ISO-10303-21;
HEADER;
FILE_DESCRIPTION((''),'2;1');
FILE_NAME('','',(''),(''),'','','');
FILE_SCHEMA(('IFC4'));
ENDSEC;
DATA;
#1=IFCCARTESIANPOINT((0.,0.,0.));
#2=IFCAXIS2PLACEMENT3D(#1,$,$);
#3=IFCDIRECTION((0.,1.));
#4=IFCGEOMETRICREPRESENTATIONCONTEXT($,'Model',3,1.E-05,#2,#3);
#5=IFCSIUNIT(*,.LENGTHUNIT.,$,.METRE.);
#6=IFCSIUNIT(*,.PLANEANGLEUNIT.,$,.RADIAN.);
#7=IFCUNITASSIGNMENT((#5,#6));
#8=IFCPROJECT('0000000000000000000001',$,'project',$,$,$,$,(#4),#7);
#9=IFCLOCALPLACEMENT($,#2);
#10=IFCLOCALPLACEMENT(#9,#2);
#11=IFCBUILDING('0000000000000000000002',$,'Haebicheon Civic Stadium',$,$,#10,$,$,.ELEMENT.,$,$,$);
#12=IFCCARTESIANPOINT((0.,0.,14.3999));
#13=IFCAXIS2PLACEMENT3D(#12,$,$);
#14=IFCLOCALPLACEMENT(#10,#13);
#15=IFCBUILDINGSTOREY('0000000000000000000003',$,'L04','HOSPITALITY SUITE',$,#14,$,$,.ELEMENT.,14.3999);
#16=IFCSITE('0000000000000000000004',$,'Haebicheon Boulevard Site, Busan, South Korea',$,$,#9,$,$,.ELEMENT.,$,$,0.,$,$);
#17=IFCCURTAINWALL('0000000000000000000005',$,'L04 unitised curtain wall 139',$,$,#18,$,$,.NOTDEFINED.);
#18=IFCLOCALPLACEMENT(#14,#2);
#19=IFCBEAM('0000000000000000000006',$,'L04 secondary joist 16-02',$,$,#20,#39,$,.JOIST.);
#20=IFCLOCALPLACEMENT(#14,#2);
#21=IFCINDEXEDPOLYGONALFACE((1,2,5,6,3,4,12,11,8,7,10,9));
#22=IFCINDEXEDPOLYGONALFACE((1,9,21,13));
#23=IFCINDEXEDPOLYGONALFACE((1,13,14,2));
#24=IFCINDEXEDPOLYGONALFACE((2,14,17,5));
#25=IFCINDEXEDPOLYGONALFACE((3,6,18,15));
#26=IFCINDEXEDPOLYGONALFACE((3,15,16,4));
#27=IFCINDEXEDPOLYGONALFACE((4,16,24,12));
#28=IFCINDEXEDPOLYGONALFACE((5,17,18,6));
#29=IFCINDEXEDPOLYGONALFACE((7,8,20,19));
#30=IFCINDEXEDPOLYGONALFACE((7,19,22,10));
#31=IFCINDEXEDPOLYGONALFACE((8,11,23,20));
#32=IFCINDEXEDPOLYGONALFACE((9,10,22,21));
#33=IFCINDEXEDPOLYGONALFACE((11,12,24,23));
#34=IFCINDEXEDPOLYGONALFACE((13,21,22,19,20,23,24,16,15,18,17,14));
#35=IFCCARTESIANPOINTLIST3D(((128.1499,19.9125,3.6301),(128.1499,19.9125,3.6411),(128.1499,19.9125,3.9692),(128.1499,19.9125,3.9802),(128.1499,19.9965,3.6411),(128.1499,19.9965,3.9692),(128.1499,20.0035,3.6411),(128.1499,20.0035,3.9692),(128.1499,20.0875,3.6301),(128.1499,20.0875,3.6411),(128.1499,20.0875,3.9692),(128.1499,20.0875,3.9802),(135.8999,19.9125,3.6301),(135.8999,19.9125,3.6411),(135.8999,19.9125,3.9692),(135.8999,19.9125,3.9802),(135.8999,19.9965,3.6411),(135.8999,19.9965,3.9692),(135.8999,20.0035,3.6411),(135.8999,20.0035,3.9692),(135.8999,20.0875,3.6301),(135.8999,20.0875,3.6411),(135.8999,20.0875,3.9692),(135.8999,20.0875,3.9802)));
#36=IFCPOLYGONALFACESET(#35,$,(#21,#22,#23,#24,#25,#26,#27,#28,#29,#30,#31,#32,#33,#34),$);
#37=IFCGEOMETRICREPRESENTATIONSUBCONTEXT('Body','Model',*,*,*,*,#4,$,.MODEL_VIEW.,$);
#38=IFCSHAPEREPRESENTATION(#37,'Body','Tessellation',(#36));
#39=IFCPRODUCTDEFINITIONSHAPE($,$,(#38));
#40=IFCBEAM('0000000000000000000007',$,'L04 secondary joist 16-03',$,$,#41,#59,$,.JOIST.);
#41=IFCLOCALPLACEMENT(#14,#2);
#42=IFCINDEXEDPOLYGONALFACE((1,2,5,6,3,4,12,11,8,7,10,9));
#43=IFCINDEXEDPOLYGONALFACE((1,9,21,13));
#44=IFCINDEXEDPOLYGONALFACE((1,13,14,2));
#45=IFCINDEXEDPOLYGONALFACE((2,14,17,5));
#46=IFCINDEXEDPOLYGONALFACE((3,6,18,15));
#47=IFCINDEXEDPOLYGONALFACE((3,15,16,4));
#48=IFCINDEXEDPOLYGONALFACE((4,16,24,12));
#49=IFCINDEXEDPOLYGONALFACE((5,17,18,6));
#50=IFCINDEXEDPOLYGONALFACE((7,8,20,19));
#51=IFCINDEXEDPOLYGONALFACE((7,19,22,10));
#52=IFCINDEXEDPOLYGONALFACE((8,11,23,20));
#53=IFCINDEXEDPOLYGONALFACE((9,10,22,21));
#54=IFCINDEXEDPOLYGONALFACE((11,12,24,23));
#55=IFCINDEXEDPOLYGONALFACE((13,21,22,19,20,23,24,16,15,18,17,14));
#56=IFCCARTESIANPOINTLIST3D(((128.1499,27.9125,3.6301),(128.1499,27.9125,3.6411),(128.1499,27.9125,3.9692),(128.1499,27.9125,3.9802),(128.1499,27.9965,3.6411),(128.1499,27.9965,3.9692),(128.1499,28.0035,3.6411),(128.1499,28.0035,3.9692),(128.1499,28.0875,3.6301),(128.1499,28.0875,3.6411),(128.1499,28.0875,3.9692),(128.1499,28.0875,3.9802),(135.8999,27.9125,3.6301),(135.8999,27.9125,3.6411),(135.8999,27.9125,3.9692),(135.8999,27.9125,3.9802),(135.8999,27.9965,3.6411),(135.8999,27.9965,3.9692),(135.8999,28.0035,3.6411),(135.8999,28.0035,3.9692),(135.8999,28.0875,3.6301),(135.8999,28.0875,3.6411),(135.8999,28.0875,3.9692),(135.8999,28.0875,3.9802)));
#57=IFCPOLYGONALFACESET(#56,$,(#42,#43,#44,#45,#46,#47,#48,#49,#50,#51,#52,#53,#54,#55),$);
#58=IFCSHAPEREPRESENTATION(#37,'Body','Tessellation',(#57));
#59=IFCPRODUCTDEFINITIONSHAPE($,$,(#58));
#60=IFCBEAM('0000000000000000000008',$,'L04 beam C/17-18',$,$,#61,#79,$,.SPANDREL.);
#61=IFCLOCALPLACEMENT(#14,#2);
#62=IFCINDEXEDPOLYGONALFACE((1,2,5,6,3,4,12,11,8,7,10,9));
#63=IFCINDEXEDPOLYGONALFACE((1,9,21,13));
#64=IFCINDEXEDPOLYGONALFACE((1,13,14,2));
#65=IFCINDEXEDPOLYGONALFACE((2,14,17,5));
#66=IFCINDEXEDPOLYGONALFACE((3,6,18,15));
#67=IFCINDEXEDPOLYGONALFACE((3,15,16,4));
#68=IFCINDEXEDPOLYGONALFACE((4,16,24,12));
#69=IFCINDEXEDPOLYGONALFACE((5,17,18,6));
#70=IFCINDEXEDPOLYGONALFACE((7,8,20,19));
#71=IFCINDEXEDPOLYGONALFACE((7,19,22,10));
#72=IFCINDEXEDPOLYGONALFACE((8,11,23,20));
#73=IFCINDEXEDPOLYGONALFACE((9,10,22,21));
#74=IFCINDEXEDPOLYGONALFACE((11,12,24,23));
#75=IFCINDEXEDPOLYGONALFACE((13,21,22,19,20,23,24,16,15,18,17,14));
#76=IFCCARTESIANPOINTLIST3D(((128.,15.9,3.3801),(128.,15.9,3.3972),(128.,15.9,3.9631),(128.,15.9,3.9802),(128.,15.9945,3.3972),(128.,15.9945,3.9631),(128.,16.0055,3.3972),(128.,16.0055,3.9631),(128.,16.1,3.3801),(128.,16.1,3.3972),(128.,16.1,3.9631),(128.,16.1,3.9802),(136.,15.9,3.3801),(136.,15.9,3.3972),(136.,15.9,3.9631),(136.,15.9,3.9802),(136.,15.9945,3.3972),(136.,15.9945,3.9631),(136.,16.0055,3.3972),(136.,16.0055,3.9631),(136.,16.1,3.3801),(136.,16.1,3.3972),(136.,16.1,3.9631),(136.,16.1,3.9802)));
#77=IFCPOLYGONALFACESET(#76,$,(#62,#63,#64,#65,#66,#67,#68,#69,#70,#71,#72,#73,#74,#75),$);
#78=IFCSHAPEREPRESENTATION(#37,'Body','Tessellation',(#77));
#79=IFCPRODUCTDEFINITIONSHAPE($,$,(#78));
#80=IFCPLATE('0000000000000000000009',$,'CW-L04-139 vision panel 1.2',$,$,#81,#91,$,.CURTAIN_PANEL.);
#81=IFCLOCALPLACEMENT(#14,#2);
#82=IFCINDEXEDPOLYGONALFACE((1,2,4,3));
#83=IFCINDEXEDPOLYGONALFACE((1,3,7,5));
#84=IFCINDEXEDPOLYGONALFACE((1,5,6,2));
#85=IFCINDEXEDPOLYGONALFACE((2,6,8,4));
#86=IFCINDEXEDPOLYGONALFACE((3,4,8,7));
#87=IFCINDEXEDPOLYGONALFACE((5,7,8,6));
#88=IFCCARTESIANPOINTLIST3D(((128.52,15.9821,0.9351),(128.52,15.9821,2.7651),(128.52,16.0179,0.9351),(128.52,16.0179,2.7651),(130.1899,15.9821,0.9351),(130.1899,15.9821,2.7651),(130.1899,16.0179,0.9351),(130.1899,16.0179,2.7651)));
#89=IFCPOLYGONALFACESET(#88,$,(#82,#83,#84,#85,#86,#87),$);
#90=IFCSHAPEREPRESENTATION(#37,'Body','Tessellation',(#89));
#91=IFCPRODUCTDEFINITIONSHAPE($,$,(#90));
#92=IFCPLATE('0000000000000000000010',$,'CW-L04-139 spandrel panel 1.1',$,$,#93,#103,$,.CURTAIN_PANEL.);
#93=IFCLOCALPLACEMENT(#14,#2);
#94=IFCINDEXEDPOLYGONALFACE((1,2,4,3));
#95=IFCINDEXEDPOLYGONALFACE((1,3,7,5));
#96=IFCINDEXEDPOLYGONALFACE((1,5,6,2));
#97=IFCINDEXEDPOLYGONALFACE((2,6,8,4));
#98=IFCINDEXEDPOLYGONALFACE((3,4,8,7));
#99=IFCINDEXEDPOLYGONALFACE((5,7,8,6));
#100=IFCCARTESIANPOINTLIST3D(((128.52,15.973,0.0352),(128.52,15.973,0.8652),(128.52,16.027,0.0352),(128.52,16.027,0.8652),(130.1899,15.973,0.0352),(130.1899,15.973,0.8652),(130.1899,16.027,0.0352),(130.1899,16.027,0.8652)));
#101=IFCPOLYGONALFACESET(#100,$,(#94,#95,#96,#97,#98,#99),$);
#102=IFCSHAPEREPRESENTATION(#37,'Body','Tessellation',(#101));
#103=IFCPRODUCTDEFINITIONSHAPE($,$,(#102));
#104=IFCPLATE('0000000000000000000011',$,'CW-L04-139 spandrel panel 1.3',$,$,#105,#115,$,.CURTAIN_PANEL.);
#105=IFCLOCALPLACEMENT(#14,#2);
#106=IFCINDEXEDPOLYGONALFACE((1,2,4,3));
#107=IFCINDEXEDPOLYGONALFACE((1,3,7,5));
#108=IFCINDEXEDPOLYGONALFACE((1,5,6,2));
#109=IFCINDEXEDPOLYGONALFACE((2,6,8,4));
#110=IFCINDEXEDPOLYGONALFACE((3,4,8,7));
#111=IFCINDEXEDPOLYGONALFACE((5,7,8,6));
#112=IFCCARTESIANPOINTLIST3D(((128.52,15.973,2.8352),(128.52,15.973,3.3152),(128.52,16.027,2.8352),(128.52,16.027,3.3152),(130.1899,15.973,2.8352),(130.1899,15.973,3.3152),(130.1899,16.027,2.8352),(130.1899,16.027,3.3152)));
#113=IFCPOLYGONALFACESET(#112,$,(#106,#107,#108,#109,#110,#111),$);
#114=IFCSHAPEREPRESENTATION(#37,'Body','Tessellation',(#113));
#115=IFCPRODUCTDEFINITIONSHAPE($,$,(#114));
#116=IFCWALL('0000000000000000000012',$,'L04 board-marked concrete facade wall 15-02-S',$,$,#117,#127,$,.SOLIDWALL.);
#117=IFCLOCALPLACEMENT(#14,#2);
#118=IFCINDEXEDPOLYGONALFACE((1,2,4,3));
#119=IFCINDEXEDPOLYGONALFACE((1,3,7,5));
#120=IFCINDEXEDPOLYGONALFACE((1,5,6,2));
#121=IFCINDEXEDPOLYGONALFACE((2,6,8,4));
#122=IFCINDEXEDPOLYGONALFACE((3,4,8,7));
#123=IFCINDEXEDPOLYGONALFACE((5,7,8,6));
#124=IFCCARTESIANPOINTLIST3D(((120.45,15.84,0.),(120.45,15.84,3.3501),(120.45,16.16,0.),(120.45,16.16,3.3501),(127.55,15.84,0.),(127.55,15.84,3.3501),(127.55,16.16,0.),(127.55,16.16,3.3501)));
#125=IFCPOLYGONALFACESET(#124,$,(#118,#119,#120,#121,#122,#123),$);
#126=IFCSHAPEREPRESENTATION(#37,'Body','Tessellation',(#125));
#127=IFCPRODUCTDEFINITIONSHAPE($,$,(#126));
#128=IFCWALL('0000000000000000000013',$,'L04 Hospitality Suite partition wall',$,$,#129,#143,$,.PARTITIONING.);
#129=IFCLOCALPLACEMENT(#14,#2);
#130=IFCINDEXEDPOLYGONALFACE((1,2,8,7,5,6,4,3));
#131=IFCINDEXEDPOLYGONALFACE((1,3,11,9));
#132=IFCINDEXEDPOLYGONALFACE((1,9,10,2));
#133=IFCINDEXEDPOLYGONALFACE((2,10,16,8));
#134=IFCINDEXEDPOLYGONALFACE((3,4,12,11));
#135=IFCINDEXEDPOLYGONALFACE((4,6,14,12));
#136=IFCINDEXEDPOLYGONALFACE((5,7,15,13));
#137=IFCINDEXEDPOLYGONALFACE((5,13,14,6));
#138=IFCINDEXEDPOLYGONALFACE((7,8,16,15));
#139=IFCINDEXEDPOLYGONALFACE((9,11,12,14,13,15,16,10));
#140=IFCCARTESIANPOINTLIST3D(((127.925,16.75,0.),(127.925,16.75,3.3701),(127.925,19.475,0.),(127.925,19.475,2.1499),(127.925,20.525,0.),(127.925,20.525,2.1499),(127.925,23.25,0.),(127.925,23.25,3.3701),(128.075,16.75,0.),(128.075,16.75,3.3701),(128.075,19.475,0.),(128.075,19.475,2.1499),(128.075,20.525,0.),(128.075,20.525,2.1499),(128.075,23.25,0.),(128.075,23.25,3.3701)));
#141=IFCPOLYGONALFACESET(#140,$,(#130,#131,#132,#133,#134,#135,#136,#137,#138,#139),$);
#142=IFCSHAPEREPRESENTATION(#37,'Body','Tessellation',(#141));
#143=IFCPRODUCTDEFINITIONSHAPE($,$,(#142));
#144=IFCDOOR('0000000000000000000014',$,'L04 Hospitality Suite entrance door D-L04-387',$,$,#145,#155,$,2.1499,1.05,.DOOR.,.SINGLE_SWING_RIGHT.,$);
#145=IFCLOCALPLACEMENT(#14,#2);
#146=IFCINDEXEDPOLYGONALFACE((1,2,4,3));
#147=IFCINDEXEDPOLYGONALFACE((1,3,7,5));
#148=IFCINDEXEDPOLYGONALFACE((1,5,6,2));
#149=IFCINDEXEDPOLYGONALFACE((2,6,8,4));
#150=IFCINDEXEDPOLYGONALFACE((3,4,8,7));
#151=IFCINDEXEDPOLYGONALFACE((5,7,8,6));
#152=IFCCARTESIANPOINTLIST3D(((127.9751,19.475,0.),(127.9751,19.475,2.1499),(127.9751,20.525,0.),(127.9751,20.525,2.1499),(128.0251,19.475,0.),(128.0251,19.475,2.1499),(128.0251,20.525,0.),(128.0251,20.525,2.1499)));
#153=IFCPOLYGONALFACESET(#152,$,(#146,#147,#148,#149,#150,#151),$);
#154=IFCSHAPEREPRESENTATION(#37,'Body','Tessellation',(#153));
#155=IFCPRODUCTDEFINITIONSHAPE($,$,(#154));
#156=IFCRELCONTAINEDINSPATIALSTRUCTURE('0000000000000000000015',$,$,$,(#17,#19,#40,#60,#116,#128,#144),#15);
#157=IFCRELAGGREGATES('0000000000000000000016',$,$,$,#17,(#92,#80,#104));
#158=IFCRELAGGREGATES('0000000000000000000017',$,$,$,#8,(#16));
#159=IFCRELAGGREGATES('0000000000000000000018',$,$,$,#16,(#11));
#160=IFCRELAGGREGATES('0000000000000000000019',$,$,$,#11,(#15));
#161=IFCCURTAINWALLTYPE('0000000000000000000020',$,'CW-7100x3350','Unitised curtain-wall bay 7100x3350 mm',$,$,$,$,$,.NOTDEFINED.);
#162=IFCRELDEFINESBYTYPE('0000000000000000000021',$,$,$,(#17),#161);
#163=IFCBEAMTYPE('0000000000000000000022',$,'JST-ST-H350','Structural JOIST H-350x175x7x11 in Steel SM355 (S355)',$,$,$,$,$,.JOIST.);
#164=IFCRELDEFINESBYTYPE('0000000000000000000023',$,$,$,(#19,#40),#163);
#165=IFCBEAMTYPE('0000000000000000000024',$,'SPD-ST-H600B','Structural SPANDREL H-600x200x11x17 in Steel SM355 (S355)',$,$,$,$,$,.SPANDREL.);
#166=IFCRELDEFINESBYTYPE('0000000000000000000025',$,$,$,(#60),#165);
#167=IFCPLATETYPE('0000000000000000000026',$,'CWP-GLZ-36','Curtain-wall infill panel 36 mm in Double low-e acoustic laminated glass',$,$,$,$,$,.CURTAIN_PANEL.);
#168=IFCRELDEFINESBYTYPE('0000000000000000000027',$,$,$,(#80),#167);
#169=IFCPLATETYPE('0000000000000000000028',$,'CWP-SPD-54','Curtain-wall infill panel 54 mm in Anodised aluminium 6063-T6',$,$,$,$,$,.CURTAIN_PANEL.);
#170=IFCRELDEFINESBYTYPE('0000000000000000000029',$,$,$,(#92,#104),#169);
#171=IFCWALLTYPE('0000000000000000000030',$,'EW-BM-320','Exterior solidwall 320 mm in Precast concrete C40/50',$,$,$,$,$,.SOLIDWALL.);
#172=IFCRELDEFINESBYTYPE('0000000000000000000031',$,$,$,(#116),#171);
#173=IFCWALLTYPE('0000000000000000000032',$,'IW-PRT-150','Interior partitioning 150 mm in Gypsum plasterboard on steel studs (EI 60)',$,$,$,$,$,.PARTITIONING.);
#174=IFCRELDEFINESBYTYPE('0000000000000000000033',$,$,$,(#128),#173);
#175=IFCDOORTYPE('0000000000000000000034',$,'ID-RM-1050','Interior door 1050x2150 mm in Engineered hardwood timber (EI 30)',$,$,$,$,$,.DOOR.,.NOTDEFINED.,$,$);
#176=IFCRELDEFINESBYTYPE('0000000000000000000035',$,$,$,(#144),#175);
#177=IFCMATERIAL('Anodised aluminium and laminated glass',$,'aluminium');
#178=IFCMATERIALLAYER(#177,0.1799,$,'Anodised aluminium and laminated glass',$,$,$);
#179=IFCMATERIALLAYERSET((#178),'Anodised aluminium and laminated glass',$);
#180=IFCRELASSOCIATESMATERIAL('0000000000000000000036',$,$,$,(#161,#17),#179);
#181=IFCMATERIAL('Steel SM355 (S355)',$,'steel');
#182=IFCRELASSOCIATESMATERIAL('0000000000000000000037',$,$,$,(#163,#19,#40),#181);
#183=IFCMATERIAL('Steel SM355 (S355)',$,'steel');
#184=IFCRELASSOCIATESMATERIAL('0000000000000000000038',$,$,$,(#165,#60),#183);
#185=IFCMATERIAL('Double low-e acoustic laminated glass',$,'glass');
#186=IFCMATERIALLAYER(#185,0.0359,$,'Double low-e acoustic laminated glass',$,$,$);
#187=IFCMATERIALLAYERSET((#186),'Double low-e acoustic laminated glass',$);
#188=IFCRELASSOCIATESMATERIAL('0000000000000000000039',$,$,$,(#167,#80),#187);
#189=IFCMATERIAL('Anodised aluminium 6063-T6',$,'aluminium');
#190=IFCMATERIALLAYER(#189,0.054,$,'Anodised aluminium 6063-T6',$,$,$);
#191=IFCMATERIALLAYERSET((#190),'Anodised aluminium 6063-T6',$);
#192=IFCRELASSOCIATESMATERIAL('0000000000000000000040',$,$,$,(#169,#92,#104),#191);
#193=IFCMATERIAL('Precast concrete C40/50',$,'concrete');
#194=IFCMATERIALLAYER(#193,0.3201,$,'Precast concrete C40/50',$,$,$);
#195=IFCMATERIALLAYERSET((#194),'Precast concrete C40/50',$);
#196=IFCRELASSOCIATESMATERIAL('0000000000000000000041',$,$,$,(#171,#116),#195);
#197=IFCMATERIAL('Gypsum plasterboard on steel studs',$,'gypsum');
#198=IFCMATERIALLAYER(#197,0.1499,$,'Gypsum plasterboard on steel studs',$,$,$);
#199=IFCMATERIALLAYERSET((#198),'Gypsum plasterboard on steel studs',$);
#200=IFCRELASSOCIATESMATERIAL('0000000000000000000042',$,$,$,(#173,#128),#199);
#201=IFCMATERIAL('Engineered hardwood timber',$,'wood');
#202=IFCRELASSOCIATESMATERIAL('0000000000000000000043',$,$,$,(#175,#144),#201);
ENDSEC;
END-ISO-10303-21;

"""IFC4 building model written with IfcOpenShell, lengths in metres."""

from ifc_helpers import new_model, si_unit, direction, frame, frame_2d, origin, origin_2d, place, context, subcontext, project, spatial, rectangle, i_section, extrude, material, layer, layer_set, material_profile, profile_set, type_object, element, fill, aggregate, save


model = new_model("IFC4")

# Units and contexts
model_context = context("Model", 3, precision=1e-05, world=origin(), true_north=direction((0.0, 1.0)))
body_context = subcontext(model_context, "Body", "Model", "MODEL_VIEW")
ifc_project = project(units=[si_unit("LENGTHUNIT", "METRE"), si_unit("PLANEANGLEUNIT", "RADIAN")], contexts=[model_context])

# Site, building, storey
site_placement = place(None, origin())
site = spatial("IfcSite", under=ifc_project, at=site_placement, Name="Haebicheon Boulevard Site, Busan, South Korea", CompositionType="ELEMENT", RefElevation=0.0)
building_placement = place(site_placement, origin())
building = spatial("IfcBuilding", under=site, at=building_placement, Name="Haebicheon Civic Stadium", CompositionType="ELEMENT")
storey_placement = place(building_placement, frame((0.0, 0.0, 14.3999)))
storey = spatial("IfcBuildingStorey", under=building, at=storey_placement, Name="L04", Description="HOSPITALITY SUITE", CompositionType="ELEMENT", Elevation=14.3999)

# Curtain wall
ifc_material_1 = material(Name="Anodised aluminium and laminated glass", Category="aluminium")
ifc_layer_1 = layer(ifc_material_1, 0.1799, Name="Anodised aluminium and laminated glass")
ifc_layer_set_1 = layer_set([ifc_layer_1], Name="Anodised aluminium and laminated glass")
curtain_wall_type = type_object("IfcCurtainWallType", Name="CW-7100x3350", Description="Unitised curtain-wall bay 7100x3350 mm", PredefinedType="NOTDEFINED", material=ifc_layer_set_1)
curtain_wall_placement = place(storey_placement, origin())
curtain_wall = element("IfcCurtainWall", 1, at=curtain_wall_placement, inside=storey, type_object=curtain_wall_type, material=ifc_layer_set_1, Name="L04 unitised curtain wall 139", PredefinedType="NOTDEFINED")

# Beams
ifc_material_2 = material(Name="Steel SM355 (S355)", Category="steel")
ifc_material_profile_1 = material_profile(ifc_material_2, i_section(OverallWidth=0.175, OverallDepth=0.3501, WebThickness=0.0071, FlangeThickness=0.011, at=origin_2d()), Name="H-350x175x7x11")
ifc_profile_set_1 = profile_set([ifc_material_profile_1], Name="Steel SM355 (S355)")
beam_type_1 = type_object("IfcBeamType", Name="JST-ST-H350", Description="Structural JOIST H-350x175x7x11 in Steel SM355 (S355)", PredefinedType="JOIST", material=ifc_profile_set_1)
for number, where, z_axis, x_axis, name in (
    (2, (128.1499, 20.0, 3.8052), (1.0, 0.0, 0.0), (0.0, 1.0, 0.0), "L04 secondary joist 16-02"),
    (3, (128.1499, 28.0, 3.8052), (1.0, 0.0, 0.0), (0.0, 1.0, 0.0), "L04 secondary joist 16-03"),
):
    element("IfcBeam", number, at=place(storey_placement, frame(where, z_axis=z_axis, x_axis=x_axis)), inside=storey, type_object=beam_type_1, material=ifc_profile_set_1, Name=name, PredefinedType="JOIST", context=body_context, shape_type="SweptSolid", body=[
        extrude(i_section(OverallWidth=0.175, OverallDepth=0.3501, WebThickness=0.0071, FlangeThickness=0.011, at=origin_2d()), origin(), (0.0, 0.0, 1.0), 7.75),
    ])
ifc_material_3 = material(Name="Steel SM355 (S355)", Category="steel")
ifc_material_profile_2 = material_profile(ifc_material_3, i_section(OverallWidth=0.2, OverallDepth=0.6001, WebThickness=0.011, FlangeThickness=0.0171, at=origin_2d()), Name="H-600x200x11x17")
ifc_profile_set_2 = profile_set([ifc_material_profile_2], Name="Steel SM355 (S355)")
beam_type_2 = type_object("IfcBeamType", Name="SPD-ST-H600B", Description="Structural SPANDREL H-600x200x11x17 in Steel SM355 (S355)", PredefinedType="SPANDREL", material=ifc_profile_set_2)
beam_1_placement = place(storey_placement, frame((128.0, 16.0, 3.6802), z_axis=(1.0, 0.0, 0.0), x_axis=(0.0, 1.0, 0.0)))
element("IfcBeam", 4, at=beam_1_placement, inside=storey, type_object=beam_type_2, material=ifc_profile_set_2, Name="L04 beam C/17-18", PredefinedType="SPANDREL", context=body_context, shape_type="SweptSolid", body=[
    extrude(i_section(OverallWidth=0.2, OverallDepth=0.6001, WebThickness=0.011, FlangeThickness=0.0171, at=origin_2d()), origin(), (0.0, 0.0, 1.0), 8.0),
])

# Plates
ifc_material_4 = material(Name="Double low-e acoustic laminated glass", Category="glass")
ifc_layer_2 = layer(ifc_material_4, 0.0359, Name="Double low-e acoustic laminated glass")
ifc_layer_set_2 = layer_set([ifc_layer_2], Name="Double low-e acoustic laminated glass")
plate_type_1 = type_object("IfcPlateType", Name="CWP-GLZ-36", Description="Curtain-wall infill panel 36 mm in Double low-e acoustic laminated glass", PredefinedType="CURTAIN_PANEL", material=ifc_layer_set_2)
plate_1_placement = place(storey_placement, frame((129.355, 16.0, 0.9351), z_axis=(0.0, 0.0, 1.0), x_axis=(1.0, 0.0, 0.0)))
plate_1 = element("IfcPlate", 5, at=plate_1_placement, type_object=plate_type_1, material=ifc_layer_set_2, Name="CW-L04-139 vision panel 1.2", PredefinedType="CURTAIN_PANEL", context=body_context, shape_type="SweptSolid", body=[
    extrude(rectangle(XDim=1.6699, YDim=0.0359, at=origin_2d()), origin(), (0.0, 0.0, 1.0), 1.8301),
])
ifc_material_5 = material(Name="Anodised aluminium 6063-T6", Category="aluminium")
ifc_layer_3 = layer(ifc_material_5, 0.054, Name="Anodised aluminium 6063-T6")
ifc_layer_set_3 = layer_set([ifc_layer_3], Name="Anodised aluminium 6063-T6")
plate_type_2 = type_object("IfcPlateType", Name="CWP-SPD-54", Description="Curtain-wall infill panel 54 mm in Anodised aluminium 6063-T6", PredefinedType="CURTAIN_PANEL", material=ifc_layer_set_3)
plate_2_placement = place(storey_placement, frame((129.355, 16.0, 0.0352), z_axis=(0.0, 0.0, 1.0), x_axis=(1.0, 0.0, 0.0)))
plate_2 = element("IfcPlate", 6, at=plate_2_placement, type_object=plate_type_2, material=ifc_layer_set_3, Name="CW-L04-139 spandrel panel 1.1", PredefinedType="CURTAIN_PANEL", context=body_context, shape_type="SweptSolid", body=[
    extrude(rectangle(XDim=1.6699, YDim=0.054, at=origin_2d()), origin(), (0.0, 0.0, 1.0), 0.8301),
])
plate_3_placement = place(storey_placement, frame((129.355, 16.0, 2.8352), z_axis=(0.0, 0.0, 1.0), x_axis=(1.0, 0.0, 0.0)))
plate_3 = element("IfcPlate", 7, at=plate_3_placement, type_object=plate_type_2, material=ifc_layer_set_3, Name="CW-L04-139 spandrel panel 1.3", PredefinedType="CURTAIN_PANEL", context=body_context, shape_type="SweptSolid", body=[
    extrude(rectangle(XDim=1.6699, YDim=0.054, at=origin_2d()), origin(), (0.0, 0.0, 1.0), 0.48),
])
aggregate(curtain_wall, [plate_2, plate_1, plate_3])

# Wall
ifc_material_6 = material(Name="Precast concrete C40/50", Category="concrete")
ifc_layer_4 = layer(ifc_material_6, 0.3201, Name="Precast concrete C40/50")
ifc_layer_set_4 = layer_set([ifc_layer_4], Name="Precast concrete C40/50")
wall_type_1 = type_object("IfcWallType", Name="EW-BM-320", Description="Exterior solidwall 320 mm in Precast concrete C40/50", PredefinedType="SOLIDWALL", material=ifc_layer_set_4)
wall_1_placement = place(storey_placement, frame((120.45, 16.0, 0.0), z_axis=(0.0, 0.0, 1.0), x_axis=(1.0, 0.0, 0.0)))
element("IfcWall", 8, at=wall_1_placement, inside=storey, type_object=wall_type_1, material=ifc_layer_set_4, Name="L04 board-marked concrete facade wall 15-02-S", PredefinedType="SOLIDWALL", context=body_context, shape_type="SweptSolid", body=[
    extrude(rectangle(XDim=7.1001, YDim=0.3201, at=frame_2d((3.55, 0.0))), origin(), (0.0, 0.0, 1.0), 3.3501),
])

# Wall, opening, door
ifc_material_7 = material(Name="Gypsum plasterboard on steel studs", Category="gypsum")
ifc_layer_5 = layer(ifc_material_7, 0.1499, Name="Gypsum plasterboard on steel studs")
ifc_layer_set_5 = layer_set([ifc_layer_5], Name="Gypsum plasterboard on steel studs")
wall_type_2 = type_object("IfcWallType", Name="IW-PRT-150", Description="Interior partitioning 150 mm in Gypsum plasterboard on steel studs (EI 60)", PredefinedType="PARTITIONING", material=ifc_layer_set_5)
wall_2_placement = place(storey_placement, frame((128.0, 16.75, 0.0), z_axis=(0.0, 0.0, 1.0), x_axis=(0.0, 1.0, 0.0)))
wall_2 = element("IfcWall", 9, at=wall_2_placement, inside=storey, type_object=wall_type_2, material=ifc_layer_set_5, Name="L04 Hospitality Suite partition wall", PredefinedType="PARTITIONING", context=body_context, shape_type="SweptSolid", body=[
    extrude(rectangle(XDim=6.5, YDim=0.1499, at=frame_2d((3.25, 0.0))), origin(), (0.0, 0.0, 1.0), 3.3701),
])
opening_placement = place(wall_2_placement, frame((2.7251, 0.0, 0.0)))
opening = element("IfcOpeningElement", 10, at=opening_placement, cuts=wall_2, PredefinedType="OPENING", context=body_context, shape_type="SweptSolid", body=[
    extrude(rectangle(XDim=1.05, YDim=2.1499, at=frame_2d((0.5249, 1.075))), frame((0.0, 0.085, 0.0), z_axis=(0.0, -1.0, 0.0), x_axis=(1.0, 0.0, 0.0)), (0.0, 0.0, 1.0), 0.1699),
])
ifc_material_8 = material(Name="Engineered hardwood timber", Category="wood")
door_type = type_object("IfcDoorType", Name="ID-RM-1050", Description="Interior door 1050x2150 mm in Engineered hardwood timber (EI 30)", OperationType="NOTDEFINED", PredefinedType="DOOR", material=ifc_material_8)
door_placement = place(opening_placement, origin())
door = element("IfcDoor", 11, at=door_placement, inside=storey, type_object=door_type, material=ifc_material_8, Name="L04 Hospitality Suite entrance door D-L04-387", OperationType="SINGLE_SWING_RIGHT", OverallHeight=2.1499, OverallWidth=1.05, PredefinedType="DOOR", context=body_context, shape_type="SweptSolid", body=[
    extrude(rectangle(XDim=1.05, YDim=2.1499, at=frame_2d((0.5249, 1.075))), frame((0.0, 0.0249, 0.0), z_axis=(0.0, -1.0, 0.0), x_axis=(1.0, 0.0, 0.0)), (0.0, 0.0, 1.0), 0.05),
])
fill(opening, door)

save(model, "model.ifc")
